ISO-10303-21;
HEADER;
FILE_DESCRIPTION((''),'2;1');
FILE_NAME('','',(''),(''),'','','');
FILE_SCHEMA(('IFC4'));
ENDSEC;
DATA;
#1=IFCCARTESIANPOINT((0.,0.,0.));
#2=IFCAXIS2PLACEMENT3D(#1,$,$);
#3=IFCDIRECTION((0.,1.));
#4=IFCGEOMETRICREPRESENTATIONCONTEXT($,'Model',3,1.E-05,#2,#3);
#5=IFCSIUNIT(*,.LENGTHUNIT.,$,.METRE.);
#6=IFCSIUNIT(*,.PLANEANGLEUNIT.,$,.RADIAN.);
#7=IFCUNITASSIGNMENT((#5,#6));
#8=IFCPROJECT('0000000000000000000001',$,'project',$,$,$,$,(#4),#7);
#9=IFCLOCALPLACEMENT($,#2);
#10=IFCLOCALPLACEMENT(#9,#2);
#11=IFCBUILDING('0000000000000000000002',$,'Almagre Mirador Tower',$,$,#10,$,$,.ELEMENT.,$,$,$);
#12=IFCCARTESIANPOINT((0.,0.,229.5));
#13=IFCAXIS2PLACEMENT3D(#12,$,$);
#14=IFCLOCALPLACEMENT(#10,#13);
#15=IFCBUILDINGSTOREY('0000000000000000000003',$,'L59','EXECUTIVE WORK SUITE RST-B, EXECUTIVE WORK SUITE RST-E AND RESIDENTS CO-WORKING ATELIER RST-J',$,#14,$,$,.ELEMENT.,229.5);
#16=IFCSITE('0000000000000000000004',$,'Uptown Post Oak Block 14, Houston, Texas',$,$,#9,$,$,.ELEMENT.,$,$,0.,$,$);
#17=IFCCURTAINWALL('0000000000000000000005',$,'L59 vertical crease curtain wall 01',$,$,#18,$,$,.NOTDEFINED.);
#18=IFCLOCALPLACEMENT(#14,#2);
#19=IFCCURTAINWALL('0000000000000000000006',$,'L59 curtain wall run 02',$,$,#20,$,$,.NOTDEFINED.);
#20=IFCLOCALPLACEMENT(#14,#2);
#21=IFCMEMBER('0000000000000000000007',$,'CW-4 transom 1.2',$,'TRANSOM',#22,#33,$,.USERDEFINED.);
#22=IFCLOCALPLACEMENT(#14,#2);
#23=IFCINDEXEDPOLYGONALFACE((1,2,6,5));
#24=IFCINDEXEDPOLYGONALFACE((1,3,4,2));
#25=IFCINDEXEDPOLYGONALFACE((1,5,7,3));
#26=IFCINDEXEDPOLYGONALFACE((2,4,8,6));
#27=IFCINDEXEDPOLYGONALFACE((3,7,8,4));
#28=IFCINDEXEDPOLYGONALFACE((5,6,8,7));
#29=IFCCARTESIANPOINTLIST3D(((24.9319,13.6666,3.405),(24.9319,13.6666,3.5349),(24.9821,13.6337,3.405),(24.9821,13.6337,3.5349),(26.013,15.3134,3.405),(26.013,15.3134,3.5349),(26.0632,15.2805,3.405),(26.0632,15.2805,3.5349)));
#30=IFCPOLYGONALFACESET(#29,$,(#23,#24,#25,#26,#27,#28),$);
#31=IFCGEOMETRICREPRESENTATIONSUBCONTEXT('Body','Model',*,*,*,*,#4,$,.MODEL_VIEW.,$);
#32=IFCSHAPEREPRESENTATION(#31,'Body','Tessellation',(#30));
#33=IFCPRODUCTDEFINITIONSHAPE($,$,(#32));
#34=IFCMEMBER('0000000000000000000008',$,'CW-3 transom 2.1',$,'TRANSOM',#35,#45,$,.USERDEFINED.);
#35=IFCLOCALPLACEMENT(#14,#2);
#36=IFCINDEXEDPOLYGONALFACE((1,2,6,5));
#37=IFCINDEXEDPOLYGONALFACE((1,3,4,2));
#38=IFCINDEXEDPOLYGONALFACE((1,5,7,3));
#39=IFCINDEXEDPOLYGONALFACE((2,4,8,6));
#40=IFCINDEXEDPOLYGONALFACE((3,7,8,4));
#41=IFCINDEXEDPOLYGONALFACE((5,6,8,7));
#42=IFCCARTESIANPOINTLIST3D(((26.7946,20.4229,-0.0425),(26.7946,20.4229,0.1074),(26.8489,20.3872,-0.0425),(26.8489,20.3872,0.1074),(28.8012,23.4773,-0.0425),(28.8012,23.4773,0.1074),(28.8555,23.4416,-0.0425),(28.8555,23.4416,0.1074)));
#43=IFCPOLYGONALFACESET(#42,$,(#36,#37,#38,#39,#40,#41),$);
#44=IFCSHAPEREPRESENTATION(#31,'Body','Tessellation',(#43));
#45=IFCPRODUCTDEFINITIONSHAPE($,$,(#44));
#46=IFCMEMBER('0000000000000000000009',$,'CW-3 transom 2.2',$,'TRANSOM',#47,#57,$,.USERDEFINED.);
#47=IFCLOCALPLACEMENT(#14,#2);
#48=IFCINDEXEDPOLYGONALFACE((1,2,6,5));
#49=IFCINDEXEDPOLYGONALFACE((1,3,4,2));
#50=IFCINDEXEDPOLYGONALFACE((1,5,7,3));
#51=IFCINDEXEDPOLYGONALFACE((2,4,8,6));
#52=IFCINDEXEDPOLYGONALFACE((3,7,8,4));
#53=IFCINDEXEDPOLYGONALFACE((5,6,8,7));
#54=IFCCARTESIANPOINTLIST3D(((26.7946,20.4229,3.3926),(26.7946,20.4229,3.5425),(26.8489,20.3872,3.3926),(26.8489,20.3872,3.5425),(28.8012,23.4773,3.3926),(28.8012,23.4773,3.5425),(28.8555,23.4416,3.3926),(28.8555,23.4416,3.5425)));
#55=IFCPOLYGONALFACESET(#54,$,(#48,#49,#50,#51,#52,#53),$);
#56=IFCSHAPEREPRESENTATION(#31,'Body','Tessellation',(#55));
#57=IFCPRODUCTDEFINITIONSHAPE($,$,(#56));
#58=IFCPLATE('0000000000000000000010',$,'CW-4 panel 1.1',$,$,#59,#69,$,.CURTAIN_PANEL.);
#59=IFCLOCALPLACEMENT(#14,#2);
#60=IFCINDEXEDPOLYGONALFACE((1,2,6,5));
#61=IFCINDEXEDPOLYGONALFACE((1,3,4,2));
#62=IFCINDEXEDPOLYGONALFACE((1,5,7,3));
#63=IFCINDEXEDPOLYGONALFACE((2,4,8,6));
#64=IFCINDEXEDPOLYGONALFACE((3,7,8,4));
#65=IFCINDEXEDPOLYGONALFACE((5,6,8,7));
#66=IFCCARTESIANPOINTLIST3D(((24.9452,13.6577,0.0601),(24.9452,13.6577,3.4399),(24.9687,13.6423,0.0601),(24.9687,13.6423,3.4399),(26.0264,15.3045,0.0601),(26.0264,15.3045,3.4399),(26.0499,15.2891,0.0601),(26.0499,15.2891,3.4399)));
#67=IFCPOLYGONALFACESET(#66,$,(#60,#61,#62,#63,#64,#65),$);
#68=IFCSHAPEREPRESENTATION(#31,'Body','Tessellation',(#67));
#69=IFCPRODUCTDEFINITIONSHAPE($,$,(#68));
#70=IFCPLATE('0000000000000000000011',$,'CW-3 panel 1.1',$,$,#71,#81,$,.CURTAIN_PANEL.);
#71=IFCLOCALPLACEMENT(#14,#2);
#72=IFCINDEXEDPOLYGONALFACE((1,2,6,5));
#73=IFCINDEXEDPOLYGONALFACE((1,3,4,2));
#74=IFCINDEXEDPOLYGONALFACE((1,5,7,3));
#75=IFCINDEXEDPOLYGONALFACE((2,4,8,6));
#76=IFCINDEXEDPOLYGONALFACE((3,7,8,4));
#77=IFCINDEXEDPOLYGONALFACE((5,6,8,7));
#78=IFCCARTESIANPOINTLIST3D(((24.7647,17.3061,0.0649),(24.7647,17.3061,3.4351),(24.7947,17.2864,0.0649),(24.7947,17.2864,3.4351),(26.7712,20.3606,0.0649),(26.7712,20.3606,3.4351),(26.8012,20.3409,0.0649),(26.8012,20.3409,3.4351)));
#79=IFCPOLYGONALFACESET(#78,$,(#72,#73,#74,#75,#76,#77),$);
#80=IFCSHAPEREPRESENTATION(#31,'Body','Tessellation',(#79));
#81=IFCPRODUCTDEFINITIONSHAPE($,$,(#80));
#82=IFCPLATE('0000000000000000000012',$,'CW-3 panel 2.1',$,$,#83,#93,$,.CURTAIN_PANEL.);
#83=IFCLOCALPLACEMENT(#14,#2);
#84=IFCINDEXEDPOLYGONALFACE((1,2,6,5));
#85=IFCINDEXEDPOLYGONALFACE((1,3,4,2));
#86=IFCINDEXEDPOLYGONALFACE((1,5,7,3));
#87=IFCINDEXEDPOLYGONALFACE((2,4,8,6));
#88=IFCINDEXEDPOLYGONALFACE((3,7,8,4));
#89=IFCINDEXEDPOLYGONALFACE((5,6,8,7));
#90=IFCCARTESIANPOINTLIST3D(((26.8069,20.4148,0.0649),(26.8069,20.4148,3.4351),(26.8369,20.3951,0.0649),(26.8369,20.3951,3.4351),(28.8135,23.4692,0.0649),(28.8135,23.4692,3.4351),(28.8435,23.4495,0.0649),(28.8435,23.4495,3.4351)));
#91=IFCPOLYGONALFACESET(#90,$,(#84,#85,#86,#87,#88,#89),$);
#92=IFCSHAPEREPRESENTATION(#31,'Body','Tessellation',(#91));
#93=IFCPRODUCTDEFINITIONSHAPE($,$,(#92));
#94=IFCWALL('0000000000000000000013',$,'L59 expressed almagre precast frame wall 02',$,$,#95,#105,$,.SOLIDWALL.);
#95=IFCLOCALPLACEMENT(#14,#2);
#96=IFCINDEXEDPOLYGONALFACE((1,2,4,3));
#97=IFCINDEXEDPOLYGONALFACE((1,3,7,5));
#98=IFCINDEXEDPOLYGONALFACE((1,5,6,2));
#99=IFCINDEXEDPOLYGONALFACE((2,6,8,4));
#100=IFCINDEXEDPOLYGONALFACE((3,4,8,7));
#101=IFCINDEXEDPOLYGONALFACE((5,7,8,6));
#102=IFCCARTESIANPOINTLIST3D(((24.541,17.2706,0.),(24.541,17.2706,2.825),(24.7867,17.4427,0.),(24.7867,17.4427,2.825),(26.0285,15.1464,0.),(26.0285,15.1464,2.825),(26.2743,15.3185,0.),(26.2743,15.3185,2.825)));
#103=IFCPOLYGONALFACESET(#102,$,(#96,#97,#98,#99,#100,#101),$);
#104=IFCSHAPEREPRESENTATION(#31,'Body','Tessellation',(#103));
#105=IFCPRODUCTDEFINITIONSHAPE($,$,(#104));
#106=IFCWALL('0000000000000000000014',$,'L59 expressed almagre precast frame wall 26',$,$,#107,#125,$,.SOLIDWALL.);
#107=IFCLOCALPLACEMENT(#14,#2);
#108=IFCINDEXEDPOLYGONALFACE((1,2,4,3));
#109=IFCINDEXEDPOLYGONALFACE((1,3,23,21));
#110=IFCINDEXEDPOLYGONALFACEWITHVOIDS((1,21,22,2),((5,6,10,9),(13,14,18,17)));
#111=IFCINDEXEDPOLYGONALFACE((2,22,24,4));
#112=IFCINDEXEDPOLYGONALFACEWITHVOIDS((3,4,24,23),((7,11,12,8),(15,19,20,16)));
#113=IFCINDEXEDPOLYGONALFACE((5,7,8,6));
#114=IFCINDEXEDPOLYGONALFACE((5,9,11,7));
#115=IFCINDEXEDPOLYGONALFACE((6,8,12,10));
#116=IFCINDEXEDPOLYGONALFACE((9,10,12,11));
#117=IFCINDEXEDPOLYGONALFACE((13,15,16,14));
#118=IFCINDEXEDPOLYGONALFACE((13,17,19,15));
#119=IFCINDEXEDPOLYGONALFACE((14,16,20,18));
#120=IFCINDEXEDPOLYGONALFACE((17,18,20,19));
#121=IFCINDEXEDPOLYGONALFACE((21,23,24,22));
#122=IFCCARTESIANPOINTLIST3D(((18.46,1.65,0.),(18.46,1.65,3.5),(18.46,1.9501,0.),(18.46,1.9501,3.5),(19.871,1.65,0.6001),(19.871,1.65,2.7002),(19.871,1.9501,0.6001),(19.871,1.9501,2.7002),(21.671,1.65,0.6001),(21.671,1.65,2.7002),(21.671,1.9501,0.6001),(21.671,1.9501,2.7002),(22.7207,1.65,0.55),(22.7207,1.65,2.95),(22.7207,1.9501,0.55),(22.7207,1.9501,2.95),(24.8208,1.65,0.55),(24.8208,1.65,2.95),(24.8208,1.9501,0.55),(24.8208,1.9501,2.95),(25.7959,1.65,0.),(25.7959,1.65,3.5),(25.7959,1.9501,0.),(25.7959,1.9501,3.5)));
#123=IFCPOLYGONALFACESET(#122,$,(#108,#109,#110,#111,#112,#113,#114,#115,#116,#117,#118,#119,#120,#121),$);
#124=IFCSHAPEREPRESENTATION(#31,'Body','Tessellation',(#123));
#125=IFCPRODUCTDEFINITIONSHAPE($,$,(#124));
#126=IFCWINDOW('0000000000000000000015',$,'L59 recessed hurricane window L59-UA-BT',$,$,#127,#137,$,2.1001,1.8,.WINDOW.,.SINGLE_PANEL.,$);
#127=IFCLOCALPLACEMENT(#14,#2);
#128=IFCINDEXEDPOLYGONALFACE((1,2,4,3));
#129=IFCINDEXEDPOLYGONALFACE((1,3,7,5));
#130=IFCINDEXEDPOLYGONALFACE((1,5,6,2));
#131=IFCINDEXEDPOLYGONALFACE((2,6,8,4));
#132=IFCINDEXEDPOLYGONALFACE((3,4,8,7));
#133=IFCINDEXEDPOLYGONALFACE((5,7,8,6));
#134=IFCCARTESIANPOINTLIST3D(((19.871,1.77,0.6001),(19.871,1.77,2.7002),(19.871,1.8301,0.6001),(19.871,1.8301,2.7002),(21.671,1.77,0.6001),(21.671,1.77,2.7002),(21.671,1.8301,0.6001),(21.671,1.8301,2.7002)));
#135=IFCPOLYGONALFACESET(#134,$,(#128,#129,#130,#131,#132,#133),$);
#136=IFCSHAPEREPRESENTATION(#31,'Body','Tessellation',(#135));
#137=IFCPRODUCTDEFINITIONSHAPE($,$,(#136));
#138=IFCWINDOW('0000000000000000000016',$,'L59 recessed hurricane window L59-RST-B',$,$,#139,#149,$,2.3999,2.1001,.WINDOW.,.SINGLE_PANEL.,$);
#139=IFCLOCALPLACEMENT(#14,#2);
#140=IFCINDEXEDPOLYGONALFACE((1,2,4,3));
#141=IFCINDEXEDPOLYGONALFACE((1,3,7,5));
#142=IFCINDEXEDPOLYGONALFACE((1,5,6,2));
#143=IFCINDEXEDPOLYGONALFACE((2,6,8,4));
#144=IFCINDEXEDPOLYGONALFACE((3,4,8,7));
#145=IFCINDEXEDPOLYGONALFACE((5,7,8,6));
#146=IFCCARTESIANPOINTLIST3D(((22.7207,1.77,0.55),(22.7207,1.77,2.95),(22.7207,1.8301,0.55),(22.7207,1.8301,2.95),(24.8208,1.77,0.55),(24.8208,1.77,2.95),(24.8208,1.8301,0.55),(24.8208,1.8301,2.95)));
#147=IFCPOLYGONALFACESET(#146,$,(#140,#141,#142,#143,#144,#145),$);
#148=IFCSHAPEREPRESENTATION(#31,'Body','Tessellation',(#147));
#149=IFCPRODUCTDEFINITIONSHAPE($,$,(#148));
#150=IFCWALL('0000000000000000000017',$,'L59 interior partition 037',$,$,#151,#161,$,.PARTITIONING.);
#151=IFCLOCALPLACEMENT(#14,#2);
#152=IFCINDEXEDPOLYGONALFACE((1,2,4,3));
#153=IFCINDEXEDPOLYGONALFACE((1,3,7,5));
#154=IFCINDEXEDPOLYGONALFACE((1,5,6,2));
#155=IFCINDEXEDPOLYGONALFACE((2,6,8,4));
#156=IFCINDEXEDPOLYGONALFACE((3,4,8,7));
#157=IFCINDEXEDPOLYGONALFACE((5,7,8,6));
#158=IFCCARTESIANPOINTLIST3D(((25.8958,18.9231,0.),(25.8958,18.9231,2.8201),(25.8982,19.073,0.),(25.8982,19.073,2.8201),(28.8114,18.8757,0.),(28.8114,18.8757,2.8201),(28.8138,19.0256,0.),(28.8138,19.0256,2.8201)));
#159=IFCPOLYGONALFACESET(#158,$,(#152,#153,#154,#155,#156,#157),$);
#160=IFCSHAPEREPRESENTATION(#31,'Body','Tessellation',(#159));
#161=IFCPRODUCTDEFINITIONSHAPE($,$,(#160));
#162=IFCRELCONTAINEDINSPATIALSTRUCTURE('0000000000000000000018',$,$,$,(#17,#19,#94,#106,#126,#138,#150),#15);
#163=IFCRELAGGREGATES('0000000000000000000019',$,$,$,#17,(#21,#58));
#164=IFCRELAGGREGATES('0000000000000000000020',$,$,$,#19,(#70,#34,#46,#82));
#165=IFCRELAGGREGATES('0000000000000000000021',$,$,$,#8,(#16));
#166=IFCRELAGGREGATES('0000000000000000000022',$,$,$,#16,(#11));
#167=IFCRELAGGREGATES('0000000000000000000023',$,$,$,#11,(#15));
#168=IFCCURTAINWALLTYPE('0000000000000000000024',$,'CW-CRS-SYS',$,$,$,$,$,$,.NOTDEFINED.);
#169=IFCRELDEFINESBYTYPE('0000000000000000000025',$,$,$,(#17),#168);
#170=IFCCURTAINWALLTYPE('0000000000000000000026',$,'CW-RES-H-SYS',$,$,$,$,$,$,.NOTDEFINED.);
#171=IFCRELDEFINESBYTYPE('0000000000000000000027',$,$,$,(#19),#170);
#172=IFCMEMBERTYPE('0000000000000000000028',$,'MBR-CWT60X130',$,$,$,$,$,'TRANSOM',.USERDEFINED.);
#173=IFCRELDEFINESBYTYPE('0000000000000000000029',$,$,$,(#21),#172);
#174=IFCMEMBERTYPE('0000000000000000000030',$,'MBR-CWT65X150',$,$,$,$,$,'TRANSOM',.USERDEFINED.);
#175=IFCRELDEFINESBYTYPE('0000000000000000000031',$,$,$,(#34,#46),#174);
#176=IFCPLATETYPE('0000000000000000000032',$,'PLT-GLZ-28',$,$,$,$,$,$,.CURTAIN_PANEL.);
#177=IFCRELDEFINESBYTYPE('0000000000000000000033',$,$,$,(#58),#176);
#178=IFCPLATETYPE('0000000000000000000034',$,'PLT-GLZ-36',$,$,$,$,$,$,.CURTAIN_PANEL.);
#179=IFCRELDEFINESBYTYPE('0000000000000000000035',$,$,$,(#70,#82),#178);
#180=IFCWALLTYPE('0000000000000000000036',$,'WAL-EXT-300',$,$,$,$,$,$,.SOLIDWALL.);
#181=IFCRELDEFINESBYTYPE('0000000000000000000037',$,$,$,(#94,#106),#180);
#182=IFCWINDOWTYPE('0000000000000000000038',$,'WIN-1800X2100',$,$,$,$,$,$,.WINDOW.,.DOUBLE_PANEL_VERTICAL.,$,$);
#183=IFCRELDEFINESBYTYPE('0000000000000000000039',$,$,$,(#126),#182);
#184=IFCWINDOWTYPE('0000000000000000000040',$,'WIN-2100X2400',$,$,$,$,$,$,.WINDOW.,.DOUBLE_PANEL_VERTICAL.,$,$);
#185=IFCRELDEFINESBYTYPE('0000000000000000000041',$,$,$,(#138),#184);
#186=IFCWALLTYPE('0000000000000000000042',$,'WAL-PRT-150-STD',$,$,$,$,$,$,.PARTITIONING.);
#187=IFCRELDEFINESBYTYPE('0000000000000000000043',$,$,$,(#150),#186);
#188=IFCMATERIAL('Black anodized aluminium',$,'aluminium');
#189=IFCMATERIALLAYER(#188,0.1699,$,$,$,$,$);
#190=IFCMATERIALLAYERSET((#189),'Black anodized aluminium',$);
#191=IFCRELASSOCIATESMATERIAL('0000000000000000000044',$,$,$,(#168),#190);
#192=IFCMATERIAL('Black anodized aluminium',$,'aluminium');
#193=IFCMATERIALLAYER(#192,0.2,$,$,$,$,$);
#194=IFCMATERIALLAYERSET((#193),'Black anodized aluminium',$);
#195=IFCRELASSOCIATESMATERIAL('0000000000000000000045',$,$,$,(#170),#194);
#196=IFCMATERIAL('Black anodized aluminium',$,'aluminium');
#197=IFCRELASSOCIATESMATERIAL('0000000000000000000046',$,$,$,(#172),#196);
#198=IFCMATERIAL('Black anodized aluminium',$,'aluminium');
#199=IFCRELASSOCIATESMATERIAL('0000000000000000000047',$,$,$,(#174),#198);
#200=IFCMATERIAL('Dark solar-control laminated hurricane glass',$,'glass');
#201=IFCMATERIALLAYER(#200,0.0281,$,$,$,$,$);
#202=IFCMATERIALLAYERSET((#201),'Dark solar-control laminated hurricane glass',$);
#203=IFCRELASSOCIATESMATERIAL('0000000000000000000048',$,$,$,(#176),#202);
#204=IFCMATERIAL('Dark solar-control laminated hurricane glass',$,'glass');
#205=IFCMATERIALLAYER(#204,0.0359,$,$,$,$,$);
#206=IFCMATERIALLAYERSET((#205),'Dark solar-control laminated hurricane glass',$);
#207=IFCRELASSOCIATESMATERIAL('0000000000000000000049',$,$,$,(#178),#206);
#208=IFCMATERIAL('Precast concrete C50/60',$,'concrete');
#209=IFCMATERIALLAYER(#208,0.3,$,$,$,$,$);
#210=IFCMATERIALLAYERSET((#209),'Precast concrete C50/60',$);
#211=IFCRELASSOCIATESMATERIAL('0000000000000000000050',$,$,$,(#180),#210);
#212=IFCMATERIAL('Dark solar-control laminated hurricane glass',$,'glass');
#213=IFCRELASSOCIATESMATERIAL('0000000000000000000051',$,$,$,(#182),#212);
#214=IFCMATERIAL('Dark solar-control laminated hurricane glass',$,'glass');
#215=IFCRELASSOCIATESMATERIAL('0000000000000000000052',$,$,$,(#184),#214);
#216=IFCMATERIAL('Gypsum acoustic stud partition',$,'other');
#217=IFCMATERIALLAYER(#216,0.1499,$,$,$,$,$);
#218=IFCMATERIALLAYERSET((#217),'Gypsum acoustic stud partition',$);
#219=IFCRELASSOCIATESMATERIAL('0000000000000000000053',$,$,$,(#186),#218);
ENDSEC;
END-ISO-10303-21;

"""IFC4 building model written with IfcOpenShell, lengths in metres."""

from ifc_helpers import new_model, si_unit, direction, frame, frame_2d, origin, origin_2d, place, context, subcontext, project, spatial, rectangle, extrude, material, layer, layer_set, material_profile, profile_set, type_object, element, fill, aggregate, save


model = new_model("IFC4")

# Units and contexts
model_context = context("Model", 3, precision=1e-05, world=origin(), true_north=direction((0.0, 1.0)))
body_context = subcontext(model_context, "Body", "Model", "MODEL_VIEW")
ifc_project = project(units=[si_unit("LENGTHUNIT", "METRE"), si_unit("PLANEANGLEUNIT", "RADIAN")], contexts=[model_context])

# Site, building, storey
site_placement = place(None, origin())
site = spatial("IfcSite", under=ifc_project, at=site_placement, Name="Uptown Post Oak Block 14, Houston, Texas", CompositionType="ELEMENT", RefElevation=0.0)
building_placement = place(site_placement, origin())
building = spatial("IfcBuilding", under=site, at=building_placement, Name="Almagre Mirador Tower", CompositionType="ELEMENT")
storey_placement = place(building_placement, frame((0.0, 0.0, 229.5)))
storey = spatial("IfcBuildingStorey", under=building, at=storey_placement, Name="L59", Description="EXECUTIVE WORK SUITE RST-B, EXECUTIVE WORK SUITE RST-E AND RESIDENTS CO-WORKING ATELIER RST-J", CompositionType="ELEMENT", Elevation=229.5)

# Curtain walls
ifc_material_1 = material(Name="Black anodized aluminium", Category="aluminium")
ifc_layer_1 = layer(ifc_material_1, 0.1699)
ifc_layer_set_1 = layer_set([ifc_layer_1], Name="Black anodized aluminium")
curtain_wall_type_1 = type_object("IfcCurtainWallType", Name="CW-CRS-SYS", PredefinedType="NOTDEFINED", material=ifc_layer_set_1)
curtain_wall_1_placement = place(storey_placement, origin())
curtain_wall_1 = element("IfcCurtainWall", 1, at=curtain_wall_1_placement, inside=storey, type_object=curtain_wall_type_1, Name="L59 vertical crease curtain wall 01", PredefinedType="NOTDEFINED")
ifc_material_2 = material(Name="Black anodized aluminium", Category="aluminium")
ifc_layer_2 = layer(ifc_material_2, 0.2)
ifc_layer_set_2 = layer_set([ifc_layer_2], Name="Black anodized aluminium")
curtain_wall_type_2 = type_object("IfcCurtainWallType", Name="CW-RES-H-SYS", PredefinedType="NOTDEFINED", material=ifc_layer_set_2)
curtain_wall_2_placement = place(storey_placement, origin())
curtain_wall_2 = element("IfcCurtainWall", 2, at=curtain_wall_2_placement, inside=storey, type_object=curtain_wall_type_2, Name="L59 curtain wall run 02", PredefinedType="NOTDEFINED")

# Members
ifc_material_3 = material(Name="Black anodized aluminium", Category="aluminium")
ifc_material_profile_1 = material_profile(ifc_material_3, rectangle(XDim=0.0601, YDim=0.1299, at=origin_2d()), Name="CWT60X130")
ifc_profile_set_1 = profile_set([ifc_material_profile_1], Name="Black anodized aluminium")
member_type_1 = type_object("IfcMemberType", Name="MBR-CWT60X130", ElementType="TRANSOM", PredefinedType="USERDEFINED", material=ifc_profile_set_1)
member_1_placement = place(storey_placement, frame((24.957, 13.6501, 3.47), z_axis=(0.548794, 0.835957, 0.0), x_axis=(-0.835957, 0.548794, 0.0)))
member_1 = element("IfcMember", 3, at=member_1_placement, type_object=member_type_1, Name="CW-4 transom 1.2", ObjectType="TRANSOM", PredefinedType="USERDEFINED", context=body_context, shape_type="SweptSolid", body=[
    extrude(rectangle(XDim=0.0601, YDim=0.1299, at=origin_2d()), origin(), (0.0, 0.0, 1.0), 1.97),
])
ifc_material_4 = material(Name="Black anodized aluminium", Category="aluminium")
ifc_material_profile_2 = material_profile(ifc_material_4, rectangle(XDim=0.0649, YDim=0.1499, at=origin_2d()), Name="CWT65X150")
ifc_profile_set_2 = profile_set([ifc_material_profile_2], Name="Black anodized aluminium")
member_type_2 = type_object("IfcMemberType", Name="MBR-CWT65X150", ElementType="TRANSOM", PredefinedType="USERDEFINED", material=ifc_profile_set_2)
member_2_placement = place(storey_placement, frame((26.8218, 20.405, 0.0325), z_axis=(0.549061, 0.835783, 0.0), x_axis=(-0.835783, 0.549061, 0.0)))
member_2 = element("IfcMember", 4, at=member_2_placement, type_object=member_type_2, Name="CW-3 transom 2.1", ObjectType="TRANSOM", PredefinedType="USERDEFINED", context=body_context, shape_type="SweptSolid", body=[
    extrude(rectangle(XDim=0.0649, YDim=0.1499, at=origin_2d()), origin(), (0.0, 0.0, 1.0), 3.6545),
])
member_3_placement = place(storey_placement, frame((26.8218, 20.405, 3.4675), z_axis=(0.549061, 0.835783, 0.0), x_axis=(-0.835783, 0.549061, 0.0)))
member_3 = element("IfcMember", 5, at=member_3_placement, type_object=member_type_2, Name="CW-3 transom 2.2", ObjectType="TRANSOM", PredefinedType="USERDEFINED", context=body_context, shape_type="SweptSolid", body=[
    extrude(rectangle(XDim=0.0649, YDim=0.1499, at=origin_2d()), origin(), (0.0, 0.0, 1.0), 3.6545),
])

# Plates
ifc_material_5 = material(Name="Dark solar-control laminated hurricane glass", Category="glass")
ifc_layer_3 = layer(ifc_material_5, 0.0281)
ifc_layer_set_3 = layer_set([ifc_layer_3], Name="Dark solar-control laminated hurricane glass")
plate_type_1 = type_object("IfcPlateType", Name="PLT-GLZ-28", PredefinedType="CURTAIN_PANEL", material=ifc_layer_set_3)
plate_1_placement = place(storey_placement, frame((25.4976, 14.4734, 0.0601), z_axis=(0.0, 0.0, 1.0), x_axis=(0.548834, 0.835931, 0.0)))
plate_1 = element("IfcPlate", 6, at=plate_1_placement, type_object=plate_type_1, Name="CW-4 panel 1.1", PredefinedType="CURTAIN_PANEL", context=body_context, shape_type="SweptSolid", body=[
    extrude(rectangle(XDim=1.97, YDim=0.0281, at=origin_2d()), origin(), (0.0, 0.0, 1.0), 3.3799),
])
aggregate(curtain_wall_1, [member_1, plate_1])
ifc_material_6 = material(Name="Dark solar-control laminated hurricane glass", Category="glass")
ifc_layer_4 = layer(ifc_material_6, 0.0359)
ifc_layer_set_4 = layer_set([ifc_layer_4], Name="Dark solar-control laminated hurricane glass")
plate_type_2 = type_object("IfcPlateType", Name="PLT-GLZ-36", PredefinedType="CURTAIN_PANEL", material=ifc_layer_set_4)
plate_2_placement = place(storey_placement, frame((25.783, 18.8235, 0.0649), z_axis=(0.0, 0.0, 1.0), x_axis=(0.549047, 0.835791, 0.0)))
plate_2 = element("IfcPlate", 7, at=plate_2_placement, type_object=plate_type_2, Name="CW-3 panel 1.1", PredefinedType="CURTAIN_PANEL", context=body_context, shape_type="SweptSolid", body=[
    extrude(rectangle(XDim=3.6545, YDim=0.0359, at=origin_2d()), origin(), (0.0, 0.0, 1.0), 3.3701),
])
plate_3_placement = place(storey_placement, frame((27.8252, 21.9321, 0.0649), z_axis=(0.0, 0.0, 1.0), x_axis=(0.549047, 0.835791, 0.0)))
plate_3 = element("IfcPlate", 8, at=plate_3_placement, type_object=plate_type_2, Name="CW-3 panel 2.1", PredefinedType="CURTAIN_PANEL", context=body_context, shape_type="SweptSolid", body=[
    extrude(rectangle(XDim=3.6545, YDim=0.0359, at=origin_2d()), origin(), (0.0, 0.0, 1.0), 3.3701),
])
aggregate(curtain_wall_2, [plate_2, member_2, member_3, plate_3])

# Wall
ifc_material_7 = material(Name="Precast concrete C50/60", Category="concrete")
ifc_layer_5 = layer(ifc_material_7, 0.3)
ifc_layer_set_5 = layer_set([ifc_layer_5], Name="Precast concrete C50/60")
wall_type_1 = type_object("IfcWallType", Name="WAL-EXT-300", PredefinedType="SOLIDWALL", material=ifc_layer_set_5)
wall_1_placement = place(storey_placement, frame((26.1514, 15.2324, 0.0), z_axis=(0.0, 0.0, 1.0), x_axis=(-0.573608, 0.81913, 0.0)))
element("IfcWall", 9, at=wall_1_placement, inside=storey, type_object=wall_type_1, Name="L59 expressed almagre precast frame wall 02", PredefinedType="SOLIDWALL", context=body_context, shape_type="SweptSolid", body=[
    extrude(rectangle(XDim=2.5933, YDim=0.3, at=frame_2d((1.2966, 0.0))), origin(), (0.0, 0.0, 1.0), 2.825),
])

# Wall, openings, windows
wall_2_placement = place(storey_placement, frame((25.7959, 1.8, 0.0), z_axis=(0.0, 0.0, 1.0), x_axis=(-1.0, 0.0, 0.0)))
wall_2 = element("IfcWall", 10, at=wall_2_placement, inside=storey, type_object=wall_type_1, Name="L59 expressed almagre precast frame wall 26", PredefinedType="SOLIDWALL", context=body_context, shape_type="SweptSolid", body=[
    extrude(rectangle(XDim=7.3359, YDim=0.3, at=frame_2d((3.668, 0.0))), origin(), (0.0, 0.0, 1.0), 3.5),
])
opening_1_placement = place(wall_2_placement, frame((4.125, 0.0, 0.6001)))
opening_1 = element("IfcOpeningElement", 11, at=opening_1_placement, cuts=wall_2, PredefinedType="OPENING", context=body_context, shape_type="SweptSolid", body=[
    extrude(rectangle(XDim=1.8, YDim=2.1001, at=frame_2d((0.8999, 1.05))), frame((0.0, 0.1599, 0.0), z_axis=(0.0, -1.0, 0.0), x_axis=(1.0, 0.0, 0.0)), (0.0, 0.0, 1.0), 0.32),
])
opening_2_placement = place(wall_2_placement, frame((0.9751, 0.0, 0.55)))
opening_2 = element("IfcOpeningElement", 12, at=opening_2_placement, cuts=wall_2, PredefinedType="OPENING", context=body_context, shape_type="SweptSolid", body=[
    extrude(rectangle(XDim=2.1001, YDim=2.3999, at=frame_2d((1.05, 1.2))), frame((0.0, 0.1599, 0.0), z_axis=(0.0, -1.0, 0.0), x_axis=(1.0, 0.0, 0.0)), (0.0, 0.0, 1.0), 0.32),
])
ifc_material_8 = material(Name="Dark solar-control laminated hurricane glass", Category="glass")
window_type_1 = type_object("IfcWindowType", Name="WIN-1800X2100", PartitioningType="DOUBLE_PANEL_VERTICAL", PredefinedType="WINDOW", material=ifc_material_8)
window_1_placement = place(opening_1_placement, origin())
window_1 = element("IfcWindow", 13, at=window_1_placement, inside=storey, type_object=window_type_1, Name="L59 recessed hurricane window L59-UA-BT", OverallHeight=2.1001, OverallWidth=1.8, PartitioningType="SINGLE_PANEL", PredefinedType="WINDOW", context=body_context, shape_type="SweptSolid", body=[
    extrude(rectangle(XDim=1.8, YDim=2.1001, at=frame_2d((0.8999, 1.05))), frame((0.0, 0.03, 0.0), z_axis=(0.0, -1.0, 0.0), x_axis=(1.0, 0.0, 0.0)), (0.0, 0.0, 1.0), 0.0601),
])
fill(opening_1, window_1)
ifc_material_9 = material(Name="Dark solar-control laminated hurricane glass", Category="glass")
window_type_2 = type_object("IfcWindowType", Name="WIN-2100X2400", PartitioningType="DOUBLE_PANEL_VERTICAL", PredefinedType="WINDOW", material=ifc_material_9)
window_2_placement = place(opening_2_placement, origin())
window_2 = element("IfcWindow", 14, at=window_2_placement, inside=storey, type_object=window_type_2, Name="L59 recessed hurricane window L59-RST-B", OverallHeight=2.3999, OverallWidth=2.1001, PartitioningType="SINGLE_PANEL", PredefinedType="WINDOW", context=body_context, shape_type="SweptSolid", body=[
    extrude(rectangle(XDim=2.1001, YDim=2.3999, at=frame_2d((1.05, 1.2))), frame((0.0, 0.03, 0.0), z_axis=(0.0, -1.0, 0.0), x_axis=(1.0, 0.0, 0.0)), (0.0, 0.0, 1.0), 0.0601),
])
fill(opening_2, window_2)

# Wall
ifc_material_10 = material(Name="Gypsum acoustic stud partition", Category="other")
ifc_layer_6 = layer(ifc_material_10, 0.1499)
ifc_layer_set_6 = layer_set([ifc_layer_6], Name="Gypsum acoustic stud partition")
wall_type_2 = type_object("IfcWallType", Name="WAL-PRT-150-STD", PredefinedType="PARTITIONING", material=ifc_layer_set_6)
wall_3_placement = place(storey_placement, frame((25.897, 18.998, 0.0), z_axis=(0.0, 0.0, 1.0), x_axis=(0.999868, -0.016243, 0.0)))
element("IfcWall", 15, at=wall_3_placement, inside=storey, type_object=wall_type_2, Name="L59 interior partition 037", PredefinedType="PARTITIONING", context=body_context, shape_type="SweptSolid", body=[
    extrude(rectangle(XDim=2.916, YDim=0.1499, at=frame_2d((1.458, 0.0))), origin(), (0.0, 0.0, 1.0), 2.8201),
])

save(model, "model.ifc")
